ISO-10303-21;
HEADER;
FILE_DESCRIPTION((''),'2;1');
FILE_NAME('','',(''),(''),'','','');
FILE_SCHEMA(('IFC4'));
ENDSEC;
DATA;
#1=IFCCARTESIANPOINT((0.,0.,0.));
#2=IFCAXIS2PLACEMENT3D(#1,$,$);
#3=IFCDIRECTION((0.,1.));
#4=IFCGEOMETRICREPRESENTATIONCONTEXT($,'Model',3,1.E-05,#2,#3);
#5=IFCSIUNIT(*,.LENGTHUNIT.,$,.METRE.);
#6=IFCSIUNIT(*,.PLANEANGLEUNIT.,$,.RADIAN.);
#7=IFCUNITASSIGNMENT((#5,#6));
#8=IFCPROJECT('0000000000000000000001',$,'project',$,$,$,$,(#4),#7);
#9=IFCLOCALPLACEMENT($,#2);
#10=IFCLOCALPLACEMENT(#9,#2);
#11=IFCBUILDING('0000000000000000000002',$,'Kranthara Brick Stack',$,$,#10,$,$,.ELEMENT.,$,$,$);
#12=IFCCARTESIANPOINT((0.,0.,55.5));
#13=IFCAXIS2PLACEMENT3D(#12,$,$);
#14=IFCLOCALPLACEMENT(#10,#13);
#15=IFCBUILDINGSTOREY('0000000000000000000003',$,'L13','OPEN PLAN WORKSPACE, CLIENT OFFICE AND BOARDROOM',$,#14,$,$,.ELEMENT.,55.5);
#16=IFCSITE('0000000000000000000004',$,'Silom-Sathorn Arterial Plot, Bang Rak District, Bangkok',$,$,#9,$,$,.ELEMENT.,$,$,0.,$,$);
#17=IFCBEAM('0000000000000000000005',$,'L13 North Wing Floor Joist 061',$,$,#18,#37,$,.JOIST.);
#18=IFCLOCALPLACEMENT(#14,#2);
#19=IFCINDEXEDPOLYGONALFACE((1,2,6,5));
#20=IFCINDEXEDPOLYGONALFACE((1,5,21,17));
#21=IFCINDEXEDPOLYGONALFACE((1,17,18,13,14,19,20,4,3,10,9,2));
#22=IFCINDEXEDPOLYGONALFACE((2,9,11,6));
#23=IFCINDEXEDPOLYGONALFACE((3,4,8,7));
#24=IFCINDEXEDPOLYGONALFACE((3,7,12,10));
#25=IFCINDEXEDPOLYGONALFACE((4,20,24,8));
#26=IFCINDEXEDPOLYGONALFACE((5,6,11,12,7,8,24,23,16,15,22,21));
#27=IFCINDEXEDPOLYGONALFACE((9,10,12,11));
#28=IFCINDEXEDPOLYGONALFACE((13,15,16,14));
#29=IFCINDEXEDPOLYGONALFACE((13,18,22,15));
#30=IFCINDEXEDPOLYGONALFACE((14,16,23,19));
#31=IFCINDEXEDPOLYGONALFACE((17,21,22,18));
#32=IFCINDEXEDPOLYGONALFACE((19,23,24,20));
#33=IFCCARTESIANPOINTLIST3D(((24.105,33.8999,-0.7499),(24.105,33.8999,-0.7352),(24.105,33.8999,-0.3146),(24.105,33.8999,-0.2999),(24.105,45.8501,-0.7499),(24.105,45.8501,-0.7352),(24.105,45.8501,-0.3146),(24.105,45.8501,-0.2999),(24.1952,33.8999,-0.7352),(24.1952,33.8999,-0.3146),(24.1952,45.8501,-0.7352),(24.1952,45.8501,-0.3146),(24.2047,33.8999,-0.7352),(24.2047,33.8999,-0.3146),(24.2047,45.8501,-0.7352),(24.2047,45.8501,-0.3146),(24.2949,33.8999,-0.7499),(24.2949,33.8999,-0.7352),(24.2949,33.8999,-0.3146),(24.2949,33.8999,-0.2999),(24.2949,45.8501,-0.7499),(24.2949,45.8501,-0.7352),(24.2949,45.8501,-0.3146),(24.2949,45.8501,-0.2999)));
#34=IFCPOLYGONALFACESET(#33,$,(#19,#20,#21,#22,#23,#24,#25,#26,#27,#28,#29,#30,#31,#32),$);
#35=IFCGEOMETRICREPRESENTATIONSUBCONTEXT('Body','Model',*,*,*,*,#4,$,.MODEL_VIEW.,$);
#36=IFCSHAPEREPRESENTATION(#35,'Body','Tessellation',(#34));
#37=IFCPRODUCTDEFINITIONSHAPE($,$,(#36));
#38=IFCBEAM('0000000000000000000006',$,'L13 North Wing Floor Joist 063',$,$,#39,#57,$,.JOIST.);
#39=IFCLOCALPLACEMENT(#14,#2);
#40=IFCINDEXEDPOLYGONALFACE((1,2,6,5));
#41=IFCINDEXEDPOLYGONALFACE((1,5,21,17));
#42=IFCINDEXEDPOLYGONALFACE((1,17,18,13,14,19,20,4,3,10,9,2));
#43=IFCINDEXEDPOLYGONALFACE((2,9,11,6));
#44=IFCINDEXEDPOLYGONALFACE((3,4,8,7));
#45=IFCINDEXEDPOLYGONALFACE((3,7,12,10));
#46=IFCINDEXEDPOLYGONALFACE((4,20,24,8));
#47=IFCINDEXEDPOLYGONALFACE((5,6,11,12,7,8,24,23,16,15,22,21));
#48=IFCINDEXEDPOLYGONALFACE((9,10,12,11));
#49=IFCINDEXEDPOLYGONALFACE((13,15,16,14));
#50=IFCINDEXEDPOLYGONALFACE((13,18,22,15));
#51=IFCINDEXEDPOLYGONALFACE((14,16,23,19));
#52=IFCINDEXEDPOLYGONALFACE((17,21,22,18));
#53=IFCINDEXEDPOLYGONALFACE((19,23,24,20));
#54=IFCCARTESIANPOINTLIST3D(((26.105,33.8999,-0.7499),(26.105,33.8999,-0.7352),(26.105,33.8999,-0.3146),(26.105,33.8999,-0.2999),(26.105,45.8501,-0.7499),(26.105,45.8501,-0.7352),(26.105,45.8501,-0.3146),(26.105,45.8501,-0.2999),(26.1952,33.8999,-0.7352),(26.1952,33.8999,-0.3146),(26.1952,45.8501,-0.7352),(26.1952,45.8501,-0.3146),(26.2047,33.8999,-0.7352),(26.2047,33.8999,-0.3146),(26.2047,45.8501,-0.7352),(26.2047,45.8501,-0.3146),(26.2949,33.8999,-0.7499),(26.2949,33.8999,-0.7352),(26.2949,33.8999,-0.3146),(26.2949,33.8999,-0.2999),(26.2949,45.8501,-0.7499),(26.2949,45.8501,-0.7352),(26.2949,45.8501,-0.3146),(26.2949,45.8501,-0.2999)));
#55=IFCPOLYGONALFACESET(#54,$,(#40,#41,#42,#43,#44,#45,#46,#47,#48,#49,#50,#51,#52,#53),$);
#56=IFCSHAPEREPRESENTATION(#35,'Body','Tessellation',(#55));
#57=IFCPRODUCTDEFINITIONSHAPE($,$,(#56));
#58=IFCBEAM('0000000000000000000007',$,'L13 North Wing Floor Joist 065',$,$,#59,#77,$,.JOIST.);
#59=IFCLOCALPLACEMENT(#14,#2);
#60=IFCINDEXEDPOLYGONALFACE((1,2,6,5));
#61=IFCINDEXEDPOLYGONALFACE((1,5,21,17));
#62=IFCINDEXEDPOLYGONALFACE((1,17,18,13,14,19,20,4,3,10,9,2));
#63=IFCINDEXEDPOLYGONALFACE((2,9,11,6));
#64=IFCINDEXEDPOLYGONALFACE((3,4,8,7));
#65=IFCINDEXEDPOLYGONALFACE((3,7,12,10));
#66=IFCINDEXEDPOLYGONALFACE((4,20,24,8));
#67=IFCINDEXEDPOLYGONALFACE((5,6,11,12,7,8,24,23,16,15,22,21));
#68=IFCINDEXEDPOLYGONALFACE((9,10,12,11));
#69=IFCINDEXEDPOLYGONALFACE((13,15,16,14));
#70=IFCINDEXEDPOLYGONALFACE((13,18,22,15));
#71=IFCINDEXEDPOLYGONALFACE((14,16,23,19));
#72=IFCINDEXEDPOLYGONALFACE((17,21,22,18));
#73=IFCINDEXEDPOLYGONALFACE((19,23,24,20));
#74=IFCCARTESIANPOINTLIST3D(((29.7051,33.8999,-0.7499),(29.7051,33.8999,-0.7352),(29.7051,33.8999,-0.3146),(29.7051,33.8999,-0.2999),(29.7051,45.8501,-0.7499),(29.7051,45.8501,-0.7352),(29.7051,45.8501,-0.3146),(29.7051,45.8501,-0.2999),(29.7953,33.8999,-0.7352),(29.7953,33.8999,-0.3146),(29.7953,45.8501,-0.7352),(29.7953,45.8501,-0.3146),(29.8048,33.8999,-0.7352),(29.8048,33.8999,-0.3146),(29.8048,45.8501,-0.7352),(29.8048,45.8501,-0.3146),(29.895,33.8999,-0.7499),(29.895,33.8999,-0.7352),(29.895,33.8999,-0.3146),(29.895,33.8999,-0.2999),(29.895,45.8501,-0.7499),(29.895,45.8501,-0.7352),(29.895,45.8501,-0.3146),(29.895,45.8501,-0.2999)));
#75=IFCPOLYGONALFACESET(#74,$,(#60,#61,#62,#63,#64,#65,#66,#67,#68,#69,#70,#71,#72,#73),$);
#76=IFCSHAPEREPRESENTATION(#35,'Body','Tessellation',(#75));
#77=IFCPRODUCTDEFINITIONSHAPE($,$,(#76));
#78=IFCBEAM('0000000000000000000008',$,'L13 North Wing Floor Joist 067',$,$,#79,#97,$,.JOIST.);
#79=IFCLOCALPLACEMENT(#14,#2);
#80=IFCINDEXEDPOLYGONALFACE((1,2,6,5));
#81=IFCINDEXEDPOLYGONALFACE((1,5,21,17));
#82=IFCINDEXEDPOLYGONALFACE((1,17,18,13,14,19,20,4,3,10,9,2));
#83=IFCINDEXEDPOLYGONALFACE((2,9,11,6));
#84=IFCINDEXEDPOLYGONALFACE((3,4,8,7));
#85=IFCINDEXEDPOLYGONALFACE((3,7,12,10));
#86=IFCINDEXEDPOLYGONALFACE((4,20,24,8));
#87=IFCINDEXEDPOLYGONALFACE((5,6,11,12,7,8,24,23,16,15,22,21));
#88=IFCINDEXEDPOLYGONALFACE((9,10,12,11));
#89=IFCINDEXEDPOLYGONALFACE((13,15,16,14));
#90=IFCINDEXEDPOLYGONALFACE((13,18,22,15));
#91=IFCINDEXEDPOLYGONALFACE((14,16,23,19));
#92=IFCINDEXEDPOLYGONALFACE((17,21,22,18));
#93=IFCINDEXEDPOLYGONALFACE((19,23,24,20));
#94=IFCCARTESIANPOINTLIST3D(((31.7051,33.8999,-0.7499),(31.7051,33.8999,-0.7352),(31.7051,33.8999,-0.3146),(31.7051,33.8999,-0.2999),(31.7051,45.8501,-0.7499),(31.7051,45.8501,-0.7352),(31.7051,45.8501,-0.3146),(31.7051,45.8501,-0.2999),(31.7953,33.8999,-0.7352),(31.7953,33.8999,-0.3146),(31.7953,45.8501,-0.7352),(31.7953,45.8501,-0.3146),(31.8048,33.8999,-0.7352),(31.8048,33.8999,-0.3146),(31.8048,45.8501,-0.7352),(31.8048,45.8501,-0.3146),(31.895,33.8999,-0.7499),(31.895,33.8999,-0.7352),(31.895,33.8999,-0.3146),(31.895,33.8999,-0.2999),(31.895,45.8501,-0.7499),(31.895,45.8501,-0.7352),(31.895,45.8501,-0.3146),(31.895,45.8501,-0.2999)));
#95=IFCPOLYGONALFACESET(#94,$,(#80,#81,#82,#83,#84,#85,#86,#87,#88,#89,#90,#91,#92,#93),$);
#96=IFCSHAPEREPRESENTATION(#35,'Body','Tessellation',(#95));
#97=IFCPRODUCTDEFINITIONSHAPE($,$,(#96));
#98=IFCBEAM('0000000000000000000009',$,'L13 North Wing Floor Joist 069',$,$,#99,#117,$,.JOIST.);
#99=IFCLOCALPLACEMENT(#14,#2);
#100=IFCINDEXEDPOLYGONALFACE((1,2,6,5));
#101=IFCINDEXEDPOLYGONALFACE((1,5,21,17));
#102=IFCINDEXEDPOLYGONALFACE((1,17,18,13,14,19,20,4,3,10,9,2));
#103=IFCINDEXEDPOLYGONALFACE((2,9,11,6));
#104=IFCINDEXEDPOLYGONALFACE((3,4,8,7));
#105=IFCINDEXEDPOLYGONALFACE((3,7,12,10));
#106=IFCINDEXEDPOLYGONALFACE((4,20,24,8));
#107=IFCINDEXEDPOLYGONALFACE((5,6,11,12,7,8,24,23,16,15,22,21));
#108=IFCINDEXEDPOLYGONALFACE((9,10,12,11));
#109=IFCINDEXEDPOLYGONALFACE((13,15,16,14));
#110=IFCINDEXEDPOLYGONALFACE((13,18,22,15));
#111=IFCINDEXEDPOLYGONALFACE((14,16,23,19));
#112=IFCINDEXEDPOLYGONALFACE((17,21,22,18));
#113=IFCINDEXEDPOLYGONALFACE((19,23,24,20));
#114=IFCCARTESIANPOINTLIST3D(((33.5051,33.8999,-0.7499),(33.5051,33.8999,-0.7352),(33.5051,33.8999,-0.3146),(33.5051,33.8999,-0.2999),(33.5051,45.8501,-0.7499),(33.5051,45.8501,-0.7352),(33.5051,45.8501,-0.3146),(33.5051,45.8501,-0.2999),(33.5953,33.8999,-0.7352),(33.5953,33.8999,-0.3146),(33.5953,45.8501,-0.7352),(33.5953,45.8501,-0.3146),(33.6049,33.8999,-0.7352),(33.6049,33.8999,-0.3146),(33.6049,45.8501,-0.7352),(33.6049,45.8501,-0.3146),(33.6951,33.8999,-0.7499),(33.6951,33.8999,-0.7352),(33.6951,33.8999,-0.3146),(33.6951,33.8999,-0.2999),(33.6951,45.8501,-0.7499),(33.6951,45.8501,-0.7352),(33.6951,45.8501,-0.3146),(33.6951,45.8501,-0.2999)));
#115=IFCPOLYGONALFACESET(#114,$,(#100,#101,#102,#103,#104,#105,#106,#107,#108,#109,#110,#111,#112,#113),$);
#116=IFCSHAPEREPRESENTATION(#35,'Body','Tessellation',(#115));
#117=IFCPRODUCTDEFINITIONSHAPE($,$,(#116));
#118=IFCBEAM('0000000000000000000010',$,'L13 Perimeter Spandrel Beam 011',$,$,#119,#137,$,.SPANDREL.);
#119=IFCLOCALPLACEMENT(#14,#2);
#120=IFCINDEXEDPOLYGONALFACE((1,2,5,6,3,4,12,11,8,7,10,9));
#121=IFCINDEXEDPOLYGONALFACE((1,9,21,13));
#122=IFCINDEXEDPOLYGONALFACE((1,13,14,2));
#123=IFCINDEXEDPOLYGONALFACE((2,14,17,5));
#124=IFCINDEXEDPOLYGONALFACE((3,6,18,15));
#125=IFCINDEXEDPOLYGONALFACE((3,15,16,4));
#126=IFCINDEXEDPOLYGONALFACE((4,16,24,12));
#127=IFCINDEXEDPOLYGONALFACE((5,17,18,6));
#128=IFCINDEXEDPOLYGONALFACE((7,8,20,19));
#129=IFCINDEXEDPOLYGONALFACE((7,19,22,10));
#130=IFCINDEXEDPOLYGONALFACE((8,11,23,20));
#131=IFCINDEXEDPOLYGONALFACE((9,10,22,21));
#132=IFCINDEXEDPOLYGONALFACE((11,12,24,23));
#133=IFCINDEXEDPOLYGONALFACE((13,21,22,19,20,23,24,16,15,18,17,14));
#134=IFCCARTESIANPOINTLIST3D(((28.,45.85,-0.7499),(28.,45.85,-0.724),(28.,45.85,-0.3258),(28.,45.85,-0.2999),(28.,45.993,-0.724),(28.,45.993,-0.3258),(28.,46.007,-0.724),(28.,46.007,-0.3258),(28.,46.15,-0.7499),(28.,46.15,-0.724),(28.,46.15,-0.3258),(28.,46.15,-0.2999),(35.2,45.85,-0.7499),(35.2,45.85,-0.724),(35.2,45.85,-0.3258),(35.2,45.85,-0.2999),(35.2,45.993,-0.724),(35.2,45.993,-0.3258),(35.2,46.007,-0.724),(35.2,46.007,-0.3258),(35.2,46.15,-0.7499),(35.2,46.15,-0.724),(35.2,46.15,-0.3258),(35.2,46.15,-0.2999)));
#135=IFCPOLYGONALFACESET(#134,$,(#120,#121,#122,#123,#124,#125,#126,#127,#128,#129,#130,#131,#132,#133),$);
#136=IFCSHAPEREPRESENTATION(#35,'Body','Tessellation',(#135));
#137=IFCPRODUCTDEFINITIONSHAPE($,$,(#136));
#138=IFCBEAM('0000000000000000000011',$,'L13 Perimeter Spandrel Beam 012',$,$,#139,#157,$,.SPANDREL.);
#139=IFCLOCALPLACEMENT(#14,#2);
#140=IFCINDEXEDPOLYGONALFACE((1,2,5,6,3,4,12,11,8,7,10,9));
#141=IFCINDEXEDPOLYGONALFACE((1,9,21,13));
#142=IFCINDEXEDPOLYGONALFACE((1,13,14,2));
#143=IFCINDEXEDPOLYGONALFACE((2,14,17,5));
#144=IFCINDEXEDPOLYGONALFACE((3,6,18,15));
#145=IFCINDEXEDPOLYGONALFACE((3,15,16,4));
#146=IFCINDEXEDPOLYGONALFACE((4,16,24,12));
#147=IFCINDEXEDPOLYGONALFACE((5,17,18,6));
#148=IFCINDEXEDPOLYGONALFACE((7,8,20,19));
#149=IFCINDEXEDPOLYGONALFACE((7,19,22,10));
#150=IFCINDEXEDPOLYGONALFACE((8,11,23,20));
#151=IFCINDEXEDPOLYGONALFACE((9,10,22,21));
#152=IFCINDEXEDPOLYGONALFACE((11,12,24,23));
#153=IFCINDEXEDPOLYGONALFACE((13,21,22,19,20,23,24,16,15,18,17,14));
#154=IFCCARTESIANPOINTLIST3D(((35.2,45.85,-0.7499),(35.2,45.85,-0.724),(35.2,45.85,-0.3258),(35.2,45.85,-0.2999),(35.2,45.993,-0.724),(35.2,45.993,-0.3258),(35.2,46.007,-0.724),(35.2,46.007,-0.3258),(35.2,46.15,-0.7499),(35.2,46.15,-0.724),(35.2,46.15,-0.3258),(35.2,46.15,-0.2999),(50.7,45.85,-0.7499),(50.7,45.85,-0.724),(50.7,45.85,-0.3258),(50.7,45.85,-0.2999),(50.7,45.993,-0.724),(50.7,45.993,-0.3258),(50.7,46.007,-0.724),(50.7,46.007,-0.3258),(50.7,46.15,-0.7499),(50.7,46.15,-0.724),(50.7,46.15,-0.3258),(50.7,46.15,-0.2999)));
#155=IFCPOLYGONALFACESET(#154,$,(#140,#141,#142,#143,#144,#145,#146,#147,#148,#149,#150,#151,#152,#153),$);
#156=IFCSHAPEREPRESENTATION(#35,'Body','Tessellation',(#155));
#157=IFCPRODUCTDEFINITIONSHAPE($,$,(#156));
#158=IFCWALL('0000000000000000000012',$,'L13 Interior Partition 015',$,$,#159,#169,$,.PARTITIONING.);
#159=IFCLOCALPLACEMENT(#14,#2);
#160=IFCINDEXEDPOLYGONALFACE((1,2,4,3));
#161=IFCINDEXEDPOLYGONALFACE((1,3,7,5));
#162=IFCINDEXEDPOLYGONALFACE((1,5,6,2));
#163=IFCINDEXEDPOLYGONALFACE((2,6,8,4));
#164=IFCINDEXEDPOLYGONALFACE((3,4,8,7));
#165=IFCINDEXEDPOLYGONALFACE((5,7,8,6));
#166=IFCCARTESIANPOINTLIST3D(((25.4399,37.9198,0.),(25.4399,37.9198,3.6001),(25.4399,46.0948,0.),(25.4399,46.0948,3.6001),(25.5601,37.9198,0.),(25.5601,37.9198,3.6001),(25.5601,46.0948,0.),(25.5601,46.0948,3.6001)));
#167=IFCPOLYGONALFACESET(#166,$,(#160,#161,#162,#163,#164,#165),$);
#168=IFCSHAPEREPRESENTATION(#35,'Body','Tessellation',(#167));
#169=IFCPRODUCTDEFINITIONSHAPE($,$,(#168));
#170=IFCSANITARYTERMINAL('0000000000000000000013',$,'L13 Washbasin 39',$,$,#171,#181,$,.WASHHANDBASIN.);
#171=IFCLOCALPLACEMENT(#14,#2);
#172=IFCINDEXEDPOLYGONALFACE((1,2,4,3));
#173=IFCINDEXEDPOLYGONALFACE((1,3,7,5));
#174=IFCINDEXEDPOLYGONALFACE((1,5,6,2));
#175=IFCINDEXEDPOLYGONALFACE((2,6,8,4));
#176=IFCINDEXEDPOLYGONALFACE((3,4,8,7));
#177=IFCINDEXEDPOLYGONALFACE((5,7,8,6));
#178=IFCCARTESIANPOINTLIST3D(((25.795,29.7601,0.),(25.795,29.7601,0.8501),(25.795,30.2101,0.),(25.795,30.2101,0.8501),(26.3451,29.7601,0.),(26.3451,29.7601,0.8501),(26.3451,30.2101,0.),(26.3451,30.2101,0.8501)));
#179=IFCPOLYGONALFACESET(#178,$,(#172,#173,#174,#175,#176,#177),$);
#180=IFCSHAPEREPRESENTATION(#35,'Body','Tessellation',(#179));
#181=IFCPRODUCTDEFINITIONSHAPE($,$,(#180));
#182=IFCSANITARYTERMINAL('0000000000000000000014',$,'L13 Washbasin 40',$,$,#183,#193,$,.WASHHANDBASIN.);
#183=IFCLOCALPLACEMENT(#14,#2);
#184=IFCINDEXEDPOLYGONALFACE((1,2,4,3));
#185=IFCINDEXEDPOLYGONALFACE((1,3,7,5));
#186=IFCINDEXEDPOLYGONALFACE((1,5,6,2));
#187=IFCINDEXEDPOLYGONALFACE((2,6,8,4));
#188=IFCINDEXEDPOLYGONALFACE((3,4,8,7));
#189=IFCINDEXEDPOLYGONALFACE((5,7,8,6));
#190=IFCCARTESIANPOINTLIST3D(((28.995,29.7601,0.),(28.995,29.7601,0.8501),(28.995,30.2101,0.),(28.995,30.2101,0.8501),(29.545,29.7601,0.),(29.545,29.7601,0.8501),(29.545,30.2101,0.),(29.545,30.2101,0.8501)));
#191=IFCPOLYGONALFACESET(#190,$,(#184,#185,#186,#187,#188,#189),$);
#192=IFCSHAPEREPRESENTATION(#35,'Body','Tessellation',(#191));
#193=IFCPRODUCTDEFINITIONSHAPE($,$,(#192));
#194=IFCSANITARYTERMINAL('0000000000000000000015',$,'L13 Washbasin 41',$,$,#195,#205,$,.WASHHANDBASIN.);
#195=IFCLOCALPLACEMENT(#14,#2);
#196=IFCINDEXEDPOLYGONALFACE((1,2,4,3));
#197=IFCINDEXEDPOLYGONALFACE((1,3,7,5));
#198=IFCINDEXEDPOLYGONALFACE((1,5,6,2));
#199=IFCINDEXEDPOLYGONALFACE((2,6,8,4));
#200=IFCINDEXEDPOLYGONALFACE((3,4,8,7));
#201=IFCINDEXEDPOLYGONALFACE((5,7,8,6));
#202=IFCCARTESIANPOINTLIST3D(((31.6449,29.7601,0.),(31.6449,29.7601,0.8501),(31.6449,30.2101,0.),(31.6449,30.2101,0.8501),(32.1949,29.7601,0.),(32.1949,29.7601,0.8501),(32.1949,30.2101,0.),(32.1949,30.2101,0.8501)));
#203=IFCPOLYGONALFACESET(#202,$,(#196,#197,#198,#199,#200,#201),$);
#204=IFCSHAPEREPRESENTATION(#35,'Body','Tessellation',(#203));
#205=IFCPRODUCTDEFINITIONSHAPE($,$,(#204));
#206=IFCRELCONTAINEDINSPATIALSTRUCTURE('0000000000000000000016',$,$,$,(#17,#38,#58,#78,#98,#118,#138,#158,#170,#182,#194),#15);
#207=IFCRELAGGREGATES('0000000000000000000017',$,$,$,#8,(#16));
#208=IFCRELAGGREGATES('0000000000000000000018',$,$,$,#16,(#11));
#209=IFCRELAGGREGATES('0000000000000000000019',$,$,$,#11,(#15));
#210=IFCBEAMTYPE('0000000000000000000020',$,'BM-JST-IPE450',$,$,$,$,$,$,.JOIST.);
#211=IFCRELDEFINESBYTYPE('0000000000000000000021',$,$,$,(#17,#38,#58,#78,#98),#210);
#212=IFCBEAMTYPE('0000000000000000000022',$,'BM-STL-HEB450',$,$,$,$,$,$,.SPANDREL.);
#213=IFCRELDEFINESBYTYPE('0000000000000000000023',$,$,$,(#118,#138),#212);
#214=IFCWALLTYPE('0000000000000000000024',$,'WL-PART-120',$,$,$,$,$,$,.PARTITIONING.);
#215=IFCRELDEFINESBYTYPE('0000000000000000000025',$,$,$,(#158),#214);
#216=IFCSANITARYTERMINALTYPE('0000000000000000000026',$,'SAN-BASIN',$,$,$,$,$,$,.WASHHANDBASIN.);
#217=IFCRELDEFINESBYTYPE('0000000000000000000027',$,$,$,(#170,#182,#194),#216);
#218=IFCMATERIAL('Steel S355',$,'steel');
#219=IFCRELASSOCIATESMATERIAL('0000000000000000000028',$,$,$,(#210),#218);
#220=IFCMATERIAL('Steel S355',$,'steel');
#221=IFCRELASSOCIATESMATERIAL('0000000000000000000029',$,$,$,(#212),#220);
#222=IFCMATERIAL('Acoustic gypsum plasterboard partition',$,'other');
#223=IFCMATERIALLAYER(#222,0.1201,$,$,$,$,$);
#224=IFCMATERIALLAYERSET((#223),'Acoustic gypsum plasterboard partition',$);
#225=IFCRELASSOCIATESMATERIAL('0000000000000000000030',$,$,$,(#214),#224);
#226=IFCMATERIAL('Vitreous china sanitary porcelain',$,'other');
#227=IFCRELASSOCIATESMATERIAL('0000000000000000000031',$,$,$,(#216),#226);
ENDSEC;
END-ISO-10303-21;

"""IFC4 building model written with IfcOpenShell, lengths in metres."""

from ifc_helpers import new_model, si_unit, direction, frame, frame_2d, origin, origin_2d, place, context, subcontext, project, spatial, rectangle, i_section, extrude, material, layer, layer_set, material_profile, profile_set, type_object, element, save


model = new_model("IFC4")

# Units and contexts
model_context = context("Model", 3, precision=1e-05, world=origin(), true_north=direction((0.0, 1.0)))
body_context = subcontext(model_context, "Body", "Model", "MODEL_VIEW")
ifc_project = project(units=[si_unit("LENGTHUNIT", "METRE"), si_unit("PLANEANGLEUNIT", "RADIAN")], contexts=[model_context])

# Site, building, storey
site_placement = place(None, origin())
site = spatial("IfcSite", under=ifc_project, at=site_placement, Name="Silom-Sathorn Arterial Plot, Bang Rak District, Bangkok", CompositionType="ELEMENT", RefElevation=0.0)
building_placement = place(site_placement, origin())
building = spatial("IfcBuilding", under=site, at=building_placement, Name="Kranthara Brick Stack", CompositionType="ELEMENT")
storey_placement = place(building_placement, frame((0.0, 0.0, 55.5)))
storey = spatial("IfcBuildingStorey", under=building, at=storey_placement, Name="L13", Description="OPEN PLAN WORKSPACE, CLIENT OFFICE AND BOARDROOM", CompositionType="ELEMENT", Elevation=55.5)

# Beams
ifc_material_1 = material(Name="Steel S355", Category="steel")
ifc_material_profile_1 = material_profile(ifc_material_1, i_section(OverallWidth=0.1899, OverallDepth=0.45, WebThickness=0.0095, FlangeThickness=0.0146, at=origin_2d()), Name="IPE 450")
ifc_profile_set_1 = profile_set([ifc_material_profile_1], Name="Steel S355")
beam_type_1 = type_object("IfcBeamType", Name="BM-JST-IPE450", PredefinedType="JOIST", material=ifc_profile_set_1)
for number, where, z_axis, x_axis, name in (
    (1, (24.2, 33.8999, -0.5249), (0.0, 1.0, 0.0), (-1.0, 0.0, 0.0), "L13 North Wing Floor Joist 061"),
    (2, (26.2, 33.8999, -0.5249), (0.0, 1.0, 0.0), (-1.0, 0.0, 0.0), "L13 North Wing Floor Joist 063"),
    (3, (29.8, 33.8999, -0.5249), (0.0, 1.0, 0.0), (-1.0, 0.0, 0.0), "L13 North Wing Floor Joist 065"),
    (4, (31.8, 33.8999, -0.5249), (0.0, 1.0, 0.0), (-1.0, 0.0, 0.0), "L13 North Wing Floor Joist 067"),
    (5, (33.6001, 33.8999, -0.5249), (0.0, 1.0, 0.0), (-1.0, 0.0, 0.0), "L13 North Wing Floor Joist 069"),
):
    element("IfcBeam", number, at=place(storey_placement, frame(where, z_axis=z_axis, x_axis=x_axis)), inside=storey, type_object=beam_type_1, Name=name, PredefinedType="JOIST", context=body_context, shape_type="SweptSolid", body=[
        extrude(i_section(OverallWidth=0.1899, OverallDepth=0.45, WebThickness=0.0095, FlangeThickness=0.0146, at=origin_2d()), origin(), (0.0, 0.0, 1.0), 11.9502),
    ])
ifc_material_2 = material(Name="Steel S355", Category="steel")
ifc_material_profile_2 = material_profile(ifc_material_2, i_section(OverallWidth=0.3, OverallDepth=0.45, WebThickness=0.0139, FlangeThickness=0.0259, at=origin_2d()), Name="HEB 450")
ifc_profile_set_2 = profile_set([ifc_material_profile_2], Name="Steel S355")
beam_type_2 = type_object("IfcBeamType", Name="BM-STL-HEB450", PredefinedType="SPANDREL", material=ifc_profile_set_2)
beam_1_placement = place(storey_placement, frame((28.0, 46.0, -0.5249), z_axis=(1.0, 0.0, 0.0), x_axis=(0.0, 1.0, 0.0)))
element("IfcBeam", 6, at=beam_1_placement, inside=storey, type_object=beam_type_2, Name="L13 Perimeter Spandrel Beam 011", PredefinedType="SPANDREL", context=body_context, shape_type="SweptSolid", body=[
    extrude(i_section(OverallWidth=0.3, OverallDepth=0.45, WebThickness=0.0139, FlangeThickness=0.0259, at=origin_2d()), origin(), (0.0, 0.0, 1.0), 7.2),
])
beam_2_placement = place(storey_placement, frame((35.2, 46.0, -0.5249), z_axis=(1.0, 0.0, 0.0), x_axis=(0.0, 1.0, 0.0)))
element("IfcBeam", 7, at=beam_2_placement, inside=storey, type_object=beam_type_2, Name="L13 Perimeter Spandrel Beam 012", PredefinedType="SPANDREL", context=body_context, shape_type="SweptSolid", body=[
    extrude(i_section(OverallWidth=0.3, OverallDepth=0.45, WebThickness=0.0139, FlangeThickness=0.0259, at=origin_2d()), origin(), (0.0, 0.0, 1.0), 15.5),
])

# Wall
ifc_material_3 = material(Name="Acoustic gypsum plasterboard partition", Category="other")
ifc_layer = layer(ifc_material_3, 0.1201)
ifc_layer_set = layer_set([ifc_layer], Name="Acoustic gypsum plasterboard partition")
wall_type = type_object("IfcWallType", Name="WL-PART-120", PredefinedType="PARTITIONING", material=ifc_layer_set)
wall_placement = place(storey_placement, frame((25.5, 37.9199, 0.0), z_axis=(0.0, 0.0, 1.0), x_axis=(0.0, 1.0, 0.0)))
element("IfcWall", 8, at=wall_placement, inside=storey, type_object=wall_type, Name="L13 Interior Partition 015", PredefinedType="PARTITIONING", context=body_context, shape_type="SweptSolid", body=[
    extrude(rectangle(XDim=8.175, YDim=0.1201, at=frame_2d((4.0874, 0.0))), origin(), (0.0, 0.0, 1.0), 3.6001),
])

# Sanitary terminals
ifc_material_4 = material(Name="Vitreous china sanitary porcelain", Category="other")
sanitary_terminal_type_1 = type_object("IfcSanitaryTerminalType", Name="SAN-BASIN", PredefinedType="WASHHANDBASIN", material=ifc_material_4)
for number, where, z_axis, x_axis, name in (
    (9, (26.0701, 29.9851, 0.0), (0.0, 0.0, 1.0), (1.0, 0.0, 0.0), "L13 Washbasin 39"),
    (10, (29.27, 29.9851, 0.0), (0.0, 0.0, 1.0), (1.0, 0.0, 0.0), "L13 Washbasin 40"),
    (11, (31.9199, 29.9851, 0.0), (0.0, 0.0, 1.0), (1.0, 0.0, 0.0), "L13 Washbasin 41"),
):
    element("IfcSanitaryTerminal", number, at=place(storey_placement, frame(where, z_axis=z_axis, x_axis=x_axis)), inside=storey, type_object=sanitary_terminal_type_1, Name=name, PredefinedType="WASHHANDBASIN", context=body_context, shape_type="SweptSolid", body=[
        extrude(rectangle(XDim=0.55, YDim=0.45, at=origin_2d()), origin(), (0.0, 0.0, 1.0), 0.8501),
    ])

save(model, "model.ifc")
